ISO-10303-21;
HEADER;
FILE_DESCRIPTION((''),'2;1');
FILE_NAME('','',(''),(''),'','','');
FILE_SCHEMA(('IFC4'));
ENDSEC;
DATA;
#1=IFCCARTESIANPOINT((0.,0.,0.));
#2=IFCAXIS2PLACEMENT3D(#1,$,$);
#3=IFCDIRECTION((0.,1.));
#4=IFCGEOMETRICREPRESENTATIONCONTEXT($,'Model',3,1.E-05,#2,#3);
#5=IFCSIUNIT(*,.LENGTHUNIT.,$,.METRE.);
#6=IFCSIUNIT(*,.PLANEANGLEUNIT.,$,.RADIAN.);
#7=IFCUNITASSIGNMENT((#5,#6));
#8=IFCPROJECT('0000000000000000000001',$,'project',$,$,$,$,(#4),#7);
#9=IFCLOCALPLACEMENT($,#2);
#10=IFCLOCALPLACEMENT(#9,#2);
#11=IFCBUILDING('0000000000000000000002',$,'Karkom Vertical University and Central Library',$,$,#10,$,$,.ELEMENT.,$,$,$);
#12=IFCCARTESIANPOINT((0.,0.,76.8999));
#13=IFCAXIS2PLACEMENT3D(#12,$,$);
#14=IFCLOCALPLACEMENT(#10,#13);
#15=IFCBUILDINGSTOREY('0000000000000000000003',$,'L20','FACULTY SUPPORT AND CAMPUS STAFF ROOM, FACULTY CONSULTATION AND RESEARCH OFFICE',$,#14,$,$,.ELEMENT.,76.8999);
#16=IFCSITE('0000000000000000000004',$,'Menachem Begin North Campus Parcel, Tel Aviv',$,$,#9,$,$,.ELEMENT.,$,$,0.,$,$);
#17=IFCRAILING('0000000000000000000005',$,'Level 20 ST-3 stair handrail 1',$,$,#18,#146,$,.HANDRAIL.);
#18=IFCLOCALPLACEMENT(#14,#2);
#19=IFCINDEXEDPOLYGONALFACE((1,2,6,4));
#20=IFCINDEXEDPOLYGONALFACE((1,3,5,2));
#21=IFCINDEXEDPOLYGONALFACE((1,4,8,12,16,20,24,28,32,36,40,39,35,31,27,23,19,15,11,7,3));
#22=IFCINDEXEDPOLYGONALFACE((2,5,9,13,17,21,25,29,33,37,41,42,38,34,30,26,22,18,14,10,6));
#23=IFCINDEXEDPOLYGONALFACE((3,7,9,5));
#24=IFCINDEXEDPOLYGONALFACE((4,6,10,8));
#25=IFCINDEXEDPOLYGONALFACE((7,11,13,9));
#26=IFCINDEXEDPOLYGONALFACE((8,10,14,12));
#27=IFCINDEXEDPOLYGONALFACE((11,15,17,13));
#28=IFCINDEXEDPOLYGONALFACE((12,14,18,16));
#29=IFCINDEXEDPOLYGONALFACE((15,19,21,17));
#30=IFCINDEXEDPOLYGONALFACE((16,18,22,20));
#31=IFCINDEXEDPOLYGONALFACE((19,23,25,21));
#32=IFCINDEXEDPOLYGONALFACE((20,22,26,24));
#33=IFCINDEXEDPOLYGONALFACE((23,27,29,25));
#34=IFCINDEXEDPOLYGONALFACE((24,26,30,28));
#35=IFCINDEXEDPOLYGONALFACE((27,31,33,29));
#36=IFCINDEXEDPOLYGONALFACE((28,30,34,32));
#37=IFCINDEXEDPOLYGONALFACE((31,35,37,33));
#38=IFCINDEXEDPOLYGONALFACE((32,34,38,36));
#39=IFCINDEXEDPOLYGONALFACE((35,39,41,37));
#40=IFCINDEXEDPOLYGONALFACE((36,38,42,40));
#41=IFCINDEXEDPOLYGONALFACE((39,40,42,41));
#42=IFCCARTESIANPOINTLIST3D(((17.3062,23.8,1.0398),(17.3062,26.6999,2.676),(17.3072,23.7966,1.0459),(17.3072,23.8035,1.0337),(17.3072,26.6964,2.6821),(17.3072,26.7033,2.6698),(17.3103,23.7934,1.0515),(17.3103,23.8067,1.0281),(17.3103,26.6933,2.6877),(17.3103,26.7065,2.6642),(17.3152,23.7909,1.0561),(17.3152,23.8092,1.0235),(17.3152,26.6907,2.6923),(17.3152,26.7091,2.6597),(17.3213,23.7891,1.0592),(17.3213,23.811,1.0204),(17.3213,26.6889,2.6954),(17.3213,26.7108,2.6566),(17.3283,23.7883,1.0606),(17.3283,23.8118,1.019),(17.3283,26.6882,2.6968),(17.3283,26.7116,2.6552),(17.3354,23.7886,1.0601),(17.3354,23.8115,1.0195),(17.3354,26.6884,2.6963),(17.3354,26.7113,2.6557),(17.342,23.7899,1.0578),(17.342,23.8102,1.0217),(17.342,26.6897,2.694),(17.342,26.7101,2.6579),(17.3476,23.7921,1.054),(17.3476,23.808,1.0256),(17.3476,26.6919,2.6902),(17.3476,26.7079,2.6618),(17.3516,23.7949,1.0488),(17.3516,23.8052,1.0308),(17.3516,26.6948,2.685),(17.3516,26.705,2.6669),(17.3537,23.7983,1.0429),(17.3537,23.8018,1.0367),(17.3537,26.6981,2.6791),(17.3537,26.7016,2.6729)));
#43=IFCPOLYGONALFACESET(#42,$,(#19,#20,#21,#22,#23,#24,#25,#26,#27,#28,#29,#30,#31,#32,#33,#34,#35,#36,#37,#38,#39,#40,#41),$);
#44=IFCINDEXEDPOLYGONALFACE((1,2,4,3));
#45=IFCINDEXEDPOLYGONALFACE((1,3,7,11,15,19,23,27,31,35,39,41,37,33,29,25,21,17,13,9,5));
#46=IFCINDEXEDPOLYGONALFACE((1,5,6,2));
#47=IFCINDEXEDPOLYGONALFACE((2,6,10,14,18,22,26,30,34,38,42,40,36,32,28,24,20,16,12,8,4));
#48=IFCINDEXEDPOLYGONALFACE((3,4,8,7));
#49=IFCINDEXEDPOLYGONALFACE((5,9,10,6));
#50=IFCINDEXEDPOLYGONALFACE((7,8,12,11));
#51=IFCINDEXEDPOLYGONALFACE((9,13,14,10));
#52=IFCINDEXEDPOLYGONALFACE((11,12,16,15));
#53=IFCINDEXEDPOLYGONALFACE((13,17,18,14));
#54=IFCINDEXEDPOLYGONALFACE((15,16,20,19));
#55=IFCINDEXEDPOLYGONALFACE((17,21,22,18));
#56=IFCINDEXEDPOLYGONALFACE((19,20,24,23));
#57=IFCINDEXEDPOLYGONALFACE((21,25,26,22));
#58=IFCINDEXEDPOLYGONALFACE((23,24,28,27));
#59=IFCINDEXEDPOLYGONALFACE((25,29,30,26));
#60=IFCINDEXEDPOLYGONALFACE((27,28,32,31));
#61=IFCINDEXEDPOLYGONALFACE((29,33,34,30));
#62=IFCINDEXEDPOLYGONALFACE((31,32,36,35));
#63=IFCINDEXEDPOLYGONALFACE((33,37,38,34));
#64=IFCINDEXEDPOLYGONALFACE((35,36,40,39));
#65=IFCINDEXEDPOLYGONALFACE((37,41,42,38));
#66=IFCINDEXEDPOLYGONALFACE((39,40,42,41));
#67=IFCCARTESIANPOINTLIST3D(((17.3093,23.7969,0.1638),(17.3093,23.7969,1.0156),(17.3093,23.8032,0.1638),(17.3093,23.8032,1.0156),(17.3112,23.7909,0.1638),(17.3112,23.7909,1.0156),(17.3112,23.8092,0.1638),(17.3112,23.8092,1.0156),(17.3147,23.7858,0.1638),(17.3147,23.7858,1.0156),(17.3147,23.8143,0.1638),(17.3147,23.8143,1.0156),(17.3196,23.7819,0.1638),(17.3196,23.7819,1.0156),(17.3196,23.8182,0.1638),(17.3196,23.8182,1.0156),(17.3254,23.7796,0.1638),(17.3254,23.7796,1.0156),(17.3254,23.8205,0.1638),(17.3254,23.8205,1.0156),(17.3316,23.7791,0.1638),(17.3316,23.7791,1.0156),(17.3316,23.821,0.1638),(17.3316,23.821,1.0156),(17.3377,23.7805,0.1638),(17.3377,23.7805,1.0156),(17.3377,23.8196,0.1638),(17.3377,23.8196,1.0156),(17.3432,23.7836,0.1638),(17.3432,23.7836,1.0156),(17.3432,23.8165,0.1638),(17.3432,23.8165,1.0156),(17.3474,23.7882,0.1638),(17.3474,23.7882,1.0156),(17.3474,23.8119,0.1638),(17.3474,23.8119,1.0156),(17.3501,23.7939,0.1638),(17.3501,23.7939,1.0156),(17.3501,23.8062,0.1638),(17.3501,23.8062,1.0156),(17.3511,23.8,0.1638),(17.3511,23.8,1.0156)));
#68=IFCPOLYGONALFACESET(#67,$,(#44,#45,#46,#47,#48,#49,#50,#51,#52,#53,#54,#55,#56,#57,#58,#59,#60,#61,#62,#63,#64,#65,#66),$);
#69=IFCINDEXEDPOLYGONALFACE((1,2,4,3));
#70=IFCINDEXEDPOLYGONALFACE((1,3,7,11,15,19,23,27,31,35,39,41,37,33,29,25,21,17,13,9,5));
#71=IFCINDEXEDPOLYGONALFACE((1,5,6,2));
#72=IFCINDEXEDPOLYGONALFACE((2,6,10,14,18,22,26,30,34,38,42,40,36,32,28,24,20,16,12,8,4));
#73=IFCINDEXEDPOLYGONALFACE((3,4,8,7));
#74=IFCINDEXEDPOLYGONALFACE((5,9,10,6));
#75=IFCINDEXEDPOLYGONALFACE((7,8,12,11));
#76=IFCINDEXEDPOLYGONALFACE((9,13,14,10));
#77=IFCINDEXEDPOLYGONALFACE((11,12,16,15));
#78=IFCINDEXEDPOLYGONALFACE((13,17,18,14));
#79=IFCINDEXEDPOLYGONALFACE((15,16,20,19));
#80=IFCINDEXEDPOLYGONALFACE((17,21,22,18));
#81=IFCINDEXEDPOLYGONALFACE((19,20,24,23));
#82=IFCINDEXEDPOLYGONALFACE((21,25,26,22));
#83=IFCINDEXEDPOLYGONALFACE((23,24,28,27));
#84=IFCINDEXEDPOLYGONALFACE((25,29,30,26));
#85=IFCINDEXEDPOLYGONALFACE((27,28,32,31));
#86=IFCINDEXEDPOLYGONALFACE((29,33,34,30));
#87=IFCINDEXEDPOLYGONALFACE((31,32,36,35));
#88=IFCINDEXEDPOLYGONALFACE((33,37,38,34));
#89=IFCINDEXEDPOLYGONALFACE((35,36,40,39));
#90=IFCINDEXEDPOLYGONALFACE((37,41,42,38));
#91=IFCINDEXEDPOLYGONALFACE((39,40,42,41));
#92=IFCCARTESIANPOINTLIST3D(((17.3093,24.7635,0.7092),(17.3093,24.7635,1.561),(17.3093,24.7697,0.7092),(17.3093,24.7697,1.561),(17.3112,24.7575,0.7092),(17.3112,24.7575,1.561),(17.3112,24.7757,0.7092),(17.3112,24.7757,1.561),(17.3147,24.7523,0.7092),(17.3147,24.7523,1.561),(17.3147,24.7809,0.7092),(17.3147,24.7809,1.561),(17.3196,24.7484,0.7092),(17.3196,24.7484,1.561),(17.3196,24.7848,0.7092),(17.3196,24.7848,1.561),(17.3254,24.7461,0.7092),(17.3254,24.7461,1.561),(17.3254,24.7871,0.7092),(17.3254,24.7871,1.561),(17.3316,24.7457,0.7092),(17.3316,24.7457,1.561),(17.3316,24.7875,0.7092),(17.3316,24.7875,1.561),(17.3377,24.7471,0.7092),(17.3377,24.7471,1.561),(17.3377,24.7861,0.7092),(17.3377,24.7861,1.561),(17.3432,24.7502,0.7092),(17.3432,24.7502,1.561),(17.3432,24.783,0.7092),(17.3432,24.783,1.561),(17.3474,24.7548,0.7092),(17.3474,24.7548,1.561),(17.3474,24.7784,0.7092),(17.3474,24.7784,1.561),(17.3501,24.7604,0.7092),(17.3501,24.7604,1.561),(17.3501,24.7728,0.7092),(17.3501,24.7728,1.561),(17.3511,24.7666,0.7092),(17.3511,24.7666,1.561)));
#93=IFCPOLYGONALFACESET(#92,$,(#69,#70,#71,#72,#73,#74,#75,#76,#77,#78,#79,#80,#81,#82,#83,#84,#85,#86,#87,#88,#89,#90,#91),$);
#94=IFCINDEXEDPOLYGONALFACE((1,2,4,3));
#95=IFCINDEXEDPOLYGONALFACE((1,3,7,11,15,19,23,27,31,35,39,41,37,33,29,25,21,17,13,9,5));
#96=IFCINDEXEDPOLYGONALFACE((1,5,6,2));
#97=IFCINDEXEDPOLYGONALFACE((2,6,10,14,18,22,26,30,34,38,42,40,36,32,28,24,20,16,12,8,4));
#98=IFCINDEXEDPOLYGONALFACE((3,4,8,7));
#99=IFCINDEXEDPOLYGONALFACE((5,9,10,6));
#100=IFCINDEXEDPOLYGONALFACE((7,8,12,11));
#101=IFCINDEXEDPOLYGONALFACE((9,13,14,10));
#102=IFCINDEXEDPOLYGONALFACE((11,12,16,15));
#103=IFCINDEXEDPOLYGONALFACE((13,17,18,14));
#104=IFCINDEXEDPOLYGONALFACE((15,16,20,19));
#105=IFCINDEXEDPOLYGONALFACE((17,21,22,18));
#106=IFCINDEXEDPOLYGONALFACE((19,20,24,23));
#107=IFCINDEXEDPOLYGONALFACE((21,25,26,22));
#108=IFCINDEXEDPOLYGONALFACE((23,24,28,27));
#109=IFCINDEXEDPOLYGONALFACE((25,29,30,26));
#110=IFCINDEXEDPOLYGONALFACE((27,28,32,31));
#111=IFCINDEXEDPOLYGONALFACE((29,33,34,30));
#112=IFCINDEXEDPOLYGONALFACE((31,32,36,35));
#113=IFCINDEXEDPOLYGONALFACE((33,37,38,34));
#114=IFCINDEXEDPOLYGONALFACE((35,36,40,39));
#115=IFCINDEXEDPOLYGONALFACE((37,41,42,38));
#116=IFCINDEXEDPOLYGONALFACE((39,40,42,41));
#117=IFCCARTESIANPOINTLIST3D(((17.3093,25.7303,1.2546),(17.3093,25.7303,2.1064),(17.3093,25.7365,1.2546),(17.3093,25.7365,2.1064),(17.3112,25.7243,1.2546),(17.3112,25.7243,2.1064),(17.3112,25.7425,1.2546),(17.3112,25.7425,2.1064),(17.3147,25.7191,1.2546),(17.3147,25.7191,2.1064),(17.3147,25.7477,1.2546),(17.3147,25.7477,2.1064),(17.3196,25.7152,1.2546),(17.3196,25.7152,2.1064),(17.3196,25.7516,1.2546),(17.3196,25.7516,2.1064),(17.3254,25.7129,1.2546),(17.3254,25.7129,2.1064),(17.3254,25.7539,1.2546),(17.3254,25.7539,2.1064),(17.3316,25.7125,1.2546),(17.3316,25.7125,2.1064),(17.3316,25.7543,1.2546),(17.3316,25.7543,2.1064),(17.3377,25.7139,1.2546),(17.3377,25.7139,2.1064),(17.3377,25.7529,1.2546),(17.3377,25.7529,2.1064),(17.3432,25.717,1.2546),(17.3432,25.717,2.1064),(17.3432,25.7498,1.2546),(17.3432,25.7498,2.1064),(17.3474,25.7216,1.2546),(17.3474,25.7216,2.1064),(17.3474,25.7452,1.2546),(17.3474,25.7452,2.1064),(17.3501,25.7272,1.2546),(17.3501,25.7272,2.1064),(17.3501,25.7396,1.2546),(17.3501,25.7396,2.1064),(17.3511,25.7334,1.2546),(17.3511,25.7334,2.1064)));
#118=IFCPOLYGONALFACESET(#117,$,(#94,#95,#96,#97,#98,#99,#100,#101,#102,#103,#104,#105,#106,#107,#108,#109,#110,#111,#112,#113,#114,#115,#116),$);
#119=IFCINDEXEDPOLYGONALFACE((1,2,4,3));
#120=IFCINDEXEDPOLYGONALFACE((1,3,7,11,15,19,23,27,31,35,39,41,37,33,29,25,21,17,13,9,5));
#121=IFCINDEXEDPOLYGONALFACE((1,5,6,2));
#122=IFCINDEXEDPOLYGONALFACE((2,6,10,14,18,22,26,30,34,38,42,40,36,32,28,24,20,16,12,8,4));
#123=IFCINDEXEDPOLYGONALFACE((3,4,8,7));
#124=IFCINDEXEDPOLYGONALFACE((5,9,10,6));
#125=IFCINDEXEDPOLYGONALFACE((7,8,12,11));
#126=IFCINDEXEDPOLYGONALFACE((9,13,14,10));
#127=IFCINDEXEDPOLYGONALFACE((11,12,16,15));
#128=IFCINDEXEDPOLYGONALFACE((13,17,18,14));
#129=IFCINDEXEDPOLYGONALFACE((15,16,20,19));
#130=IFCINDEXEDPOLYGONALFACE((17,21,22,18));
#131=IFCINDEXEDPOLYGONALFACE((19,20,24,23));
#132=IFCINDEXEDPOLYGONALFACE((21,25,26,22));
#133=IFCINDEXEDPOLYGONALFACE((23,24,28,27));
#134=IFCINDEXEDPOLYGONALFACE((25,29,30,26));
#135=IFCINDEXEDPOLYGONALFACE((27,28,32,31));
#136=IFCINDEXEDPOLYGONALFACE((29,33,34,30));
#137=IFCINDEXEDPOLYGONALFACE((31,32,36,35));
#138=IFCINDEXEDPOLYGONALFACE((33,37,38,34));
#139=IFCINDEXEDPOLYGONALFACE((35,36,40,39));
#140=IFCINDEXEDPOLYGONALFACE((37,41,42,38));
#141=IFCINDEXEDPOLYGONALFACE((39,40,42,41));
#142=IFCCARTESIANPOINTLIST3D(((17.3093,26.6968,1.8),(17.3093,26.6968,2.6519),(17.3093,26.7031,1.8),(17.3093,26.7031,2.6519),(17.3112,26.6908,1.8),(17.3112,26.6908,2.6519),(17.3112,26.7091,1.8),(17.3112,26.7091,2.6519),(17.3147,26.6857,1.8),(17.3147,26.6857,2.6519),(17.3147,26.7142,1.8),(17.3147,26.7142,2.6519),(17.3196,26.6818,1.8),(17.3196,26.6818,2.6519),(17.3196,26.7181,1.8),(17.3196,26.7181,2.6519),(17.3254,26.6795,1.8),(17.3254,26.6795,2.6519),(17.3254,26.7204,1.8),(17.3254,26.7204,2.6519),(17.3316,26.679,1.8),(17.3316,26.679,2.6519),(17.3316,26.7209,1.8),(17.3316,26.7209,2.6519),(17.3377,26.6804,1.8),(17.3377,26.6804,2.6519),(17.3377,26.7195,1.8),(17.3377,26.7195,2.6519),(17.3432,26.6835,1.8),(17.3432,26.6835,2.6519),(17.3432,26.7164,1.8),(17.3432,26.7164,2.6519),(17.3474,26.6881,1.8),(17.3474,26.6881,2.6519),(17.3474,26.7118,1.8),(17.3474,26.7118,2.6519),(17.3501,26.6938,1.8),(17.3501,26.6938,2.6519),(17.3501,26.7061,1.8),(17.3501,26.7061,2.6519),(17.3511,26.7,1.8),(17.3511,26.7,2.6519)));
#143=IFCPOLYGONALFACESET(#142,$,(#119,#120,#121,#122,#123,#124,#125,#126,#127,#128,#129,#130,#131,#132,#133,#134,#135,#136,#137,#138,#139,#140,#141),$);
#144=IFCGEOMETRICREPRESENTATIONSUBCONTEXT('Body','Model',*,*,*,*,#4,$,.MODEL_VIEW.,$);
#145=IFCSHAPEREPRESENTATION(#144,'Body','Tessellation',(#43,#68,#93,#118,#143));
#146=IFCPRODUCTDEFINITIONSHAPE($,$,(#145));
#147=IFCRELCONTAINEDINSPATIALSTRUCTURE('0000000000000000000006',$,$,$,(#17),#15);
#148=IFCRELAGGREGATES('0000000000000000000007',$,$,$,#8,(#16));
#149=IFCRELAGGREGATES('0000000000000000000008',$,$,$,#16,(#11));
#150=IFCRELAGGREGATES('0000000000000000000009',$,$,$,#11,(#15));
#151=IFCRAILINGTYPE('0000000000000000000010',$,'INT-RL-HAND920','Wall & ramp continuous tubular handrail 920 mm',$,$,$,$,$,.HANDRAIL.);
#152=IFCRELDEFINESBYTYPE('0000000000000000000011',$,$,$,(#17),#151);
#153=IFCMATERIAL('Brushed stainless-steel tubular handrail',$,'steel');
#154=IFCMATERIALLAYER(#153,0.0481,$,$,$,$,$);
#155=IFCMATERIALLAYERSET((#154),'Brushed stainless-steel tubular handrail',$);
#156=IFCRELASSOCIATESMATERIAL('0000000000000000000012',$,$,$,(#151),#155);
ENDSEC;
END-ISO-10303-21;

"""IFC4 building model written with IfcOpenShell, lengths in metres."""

from ifc_helpers import new_model, si_unit, direction, frame, origin, origin_2d, place, context, subcontext, project, spatial, circle, extrude, material, layer, layer_set, type_object, element, save


model = new_model("IFC4")

# Units and contexts
model_context = context("Model", 3, precision=1e-05, world=origin(), true_north=direction((0.0, 1.0)))
body_context = subcontext(model_context, "Body", "Model", "MODEL_VIEW")
ifc_project = project(units=[si_unit("LENGTHUNIT", "METRE"), si_unit("PLANEANGLEUNIT", "RADIAN")], contexts=[model_context])

# Site, building, storey
site_placement = place(None, origin())
site = spatial("IfcSite", under=ifc_project, at=site_placement, Name="Menachem Begin North Campus Parcel, Tel Aviv", CompositionType="ELEMENT", RefElevation=0.0)
building_placement = place(site_placement, origin())
building = spatial("IfcBuilding", under=site, at=building_placement, Name="Karkom Vertical University and Central Library", CompositionType="ELEMENT")
storey_placement = place(building_placement, frame((0.0, 0.0, 76.8999)))
storey = spatial("IfcBuildingStorey", under=building, at=storey_placement, Name="L20", Description="FACULTY SUPPORT AND CAMPUS STAFF ROOM, FACULTY CONSULTATION AND RESEARCH OFFICE", CompositionType="ELEMENT", Elevation=76.8999)

# Railing
ifc_material_1 = material(Name="Brushed stainless-steel tubular handrail", Category="steel")
ifc_layer_1 = layer(ifc_material_1, 0.0481)
ifc_layer_set_1 = layer_set([ifc_layer_1], Name="Brushed stainless-steel tubular handrail")
railing_type_1 = type_object("IfcRailingType", Name="INT-RL-HAND920", Description="Wall & ramp continuous tubular handrail 920 mm", PredefinedType="HANDRAIL", material=ifc_layer_set_1)
railing_1_placement = place(storey_placement, frame((17.3301, 23.8, 0.1638)))
element("IfcRailing", 1, at=railing_1_placement, inside=storey, type_object=railing_type_1, Name="Level 20 ST-3 stair handrail 1", PredefinedType="HANDRAIL", context=body_context, shape_type="SweptSolid", body=[
    extrude(circle(Radius=0.0239, at=origin_2d()), frame((0.0, 0.0, 0.876), z_axis=(0.0, 0.870929, 0.49141), x_axis=(-1.0, 0.0, 0.0)), (0.0, 0.0, 1.0), 3.3296),
    extrude(circle(Radius=0.021, at=origin_2d()), origin(), (0.0, 0.0, 1.0), 0.8518),
    extrude(circle(Radius=0.021, at=origin_2d()), frame((0.0, 0.9666, 0.5454)), (0.0, 0.0, 1.0), 0.8518),
    extrude(circle(Radius=0.021, at=origin_2d()), frame((0.0, 1.9333, 1.0908)), (0.0, 0.0, 1.0), 0.8518),
    extrude(circle(Radius=0.021, at=origin_2d()), frame((0.0, 2.8999, 1.6362)), (0.0, 0.0, 1.0), 0.8518),
])

save(model, "model.ifc")
